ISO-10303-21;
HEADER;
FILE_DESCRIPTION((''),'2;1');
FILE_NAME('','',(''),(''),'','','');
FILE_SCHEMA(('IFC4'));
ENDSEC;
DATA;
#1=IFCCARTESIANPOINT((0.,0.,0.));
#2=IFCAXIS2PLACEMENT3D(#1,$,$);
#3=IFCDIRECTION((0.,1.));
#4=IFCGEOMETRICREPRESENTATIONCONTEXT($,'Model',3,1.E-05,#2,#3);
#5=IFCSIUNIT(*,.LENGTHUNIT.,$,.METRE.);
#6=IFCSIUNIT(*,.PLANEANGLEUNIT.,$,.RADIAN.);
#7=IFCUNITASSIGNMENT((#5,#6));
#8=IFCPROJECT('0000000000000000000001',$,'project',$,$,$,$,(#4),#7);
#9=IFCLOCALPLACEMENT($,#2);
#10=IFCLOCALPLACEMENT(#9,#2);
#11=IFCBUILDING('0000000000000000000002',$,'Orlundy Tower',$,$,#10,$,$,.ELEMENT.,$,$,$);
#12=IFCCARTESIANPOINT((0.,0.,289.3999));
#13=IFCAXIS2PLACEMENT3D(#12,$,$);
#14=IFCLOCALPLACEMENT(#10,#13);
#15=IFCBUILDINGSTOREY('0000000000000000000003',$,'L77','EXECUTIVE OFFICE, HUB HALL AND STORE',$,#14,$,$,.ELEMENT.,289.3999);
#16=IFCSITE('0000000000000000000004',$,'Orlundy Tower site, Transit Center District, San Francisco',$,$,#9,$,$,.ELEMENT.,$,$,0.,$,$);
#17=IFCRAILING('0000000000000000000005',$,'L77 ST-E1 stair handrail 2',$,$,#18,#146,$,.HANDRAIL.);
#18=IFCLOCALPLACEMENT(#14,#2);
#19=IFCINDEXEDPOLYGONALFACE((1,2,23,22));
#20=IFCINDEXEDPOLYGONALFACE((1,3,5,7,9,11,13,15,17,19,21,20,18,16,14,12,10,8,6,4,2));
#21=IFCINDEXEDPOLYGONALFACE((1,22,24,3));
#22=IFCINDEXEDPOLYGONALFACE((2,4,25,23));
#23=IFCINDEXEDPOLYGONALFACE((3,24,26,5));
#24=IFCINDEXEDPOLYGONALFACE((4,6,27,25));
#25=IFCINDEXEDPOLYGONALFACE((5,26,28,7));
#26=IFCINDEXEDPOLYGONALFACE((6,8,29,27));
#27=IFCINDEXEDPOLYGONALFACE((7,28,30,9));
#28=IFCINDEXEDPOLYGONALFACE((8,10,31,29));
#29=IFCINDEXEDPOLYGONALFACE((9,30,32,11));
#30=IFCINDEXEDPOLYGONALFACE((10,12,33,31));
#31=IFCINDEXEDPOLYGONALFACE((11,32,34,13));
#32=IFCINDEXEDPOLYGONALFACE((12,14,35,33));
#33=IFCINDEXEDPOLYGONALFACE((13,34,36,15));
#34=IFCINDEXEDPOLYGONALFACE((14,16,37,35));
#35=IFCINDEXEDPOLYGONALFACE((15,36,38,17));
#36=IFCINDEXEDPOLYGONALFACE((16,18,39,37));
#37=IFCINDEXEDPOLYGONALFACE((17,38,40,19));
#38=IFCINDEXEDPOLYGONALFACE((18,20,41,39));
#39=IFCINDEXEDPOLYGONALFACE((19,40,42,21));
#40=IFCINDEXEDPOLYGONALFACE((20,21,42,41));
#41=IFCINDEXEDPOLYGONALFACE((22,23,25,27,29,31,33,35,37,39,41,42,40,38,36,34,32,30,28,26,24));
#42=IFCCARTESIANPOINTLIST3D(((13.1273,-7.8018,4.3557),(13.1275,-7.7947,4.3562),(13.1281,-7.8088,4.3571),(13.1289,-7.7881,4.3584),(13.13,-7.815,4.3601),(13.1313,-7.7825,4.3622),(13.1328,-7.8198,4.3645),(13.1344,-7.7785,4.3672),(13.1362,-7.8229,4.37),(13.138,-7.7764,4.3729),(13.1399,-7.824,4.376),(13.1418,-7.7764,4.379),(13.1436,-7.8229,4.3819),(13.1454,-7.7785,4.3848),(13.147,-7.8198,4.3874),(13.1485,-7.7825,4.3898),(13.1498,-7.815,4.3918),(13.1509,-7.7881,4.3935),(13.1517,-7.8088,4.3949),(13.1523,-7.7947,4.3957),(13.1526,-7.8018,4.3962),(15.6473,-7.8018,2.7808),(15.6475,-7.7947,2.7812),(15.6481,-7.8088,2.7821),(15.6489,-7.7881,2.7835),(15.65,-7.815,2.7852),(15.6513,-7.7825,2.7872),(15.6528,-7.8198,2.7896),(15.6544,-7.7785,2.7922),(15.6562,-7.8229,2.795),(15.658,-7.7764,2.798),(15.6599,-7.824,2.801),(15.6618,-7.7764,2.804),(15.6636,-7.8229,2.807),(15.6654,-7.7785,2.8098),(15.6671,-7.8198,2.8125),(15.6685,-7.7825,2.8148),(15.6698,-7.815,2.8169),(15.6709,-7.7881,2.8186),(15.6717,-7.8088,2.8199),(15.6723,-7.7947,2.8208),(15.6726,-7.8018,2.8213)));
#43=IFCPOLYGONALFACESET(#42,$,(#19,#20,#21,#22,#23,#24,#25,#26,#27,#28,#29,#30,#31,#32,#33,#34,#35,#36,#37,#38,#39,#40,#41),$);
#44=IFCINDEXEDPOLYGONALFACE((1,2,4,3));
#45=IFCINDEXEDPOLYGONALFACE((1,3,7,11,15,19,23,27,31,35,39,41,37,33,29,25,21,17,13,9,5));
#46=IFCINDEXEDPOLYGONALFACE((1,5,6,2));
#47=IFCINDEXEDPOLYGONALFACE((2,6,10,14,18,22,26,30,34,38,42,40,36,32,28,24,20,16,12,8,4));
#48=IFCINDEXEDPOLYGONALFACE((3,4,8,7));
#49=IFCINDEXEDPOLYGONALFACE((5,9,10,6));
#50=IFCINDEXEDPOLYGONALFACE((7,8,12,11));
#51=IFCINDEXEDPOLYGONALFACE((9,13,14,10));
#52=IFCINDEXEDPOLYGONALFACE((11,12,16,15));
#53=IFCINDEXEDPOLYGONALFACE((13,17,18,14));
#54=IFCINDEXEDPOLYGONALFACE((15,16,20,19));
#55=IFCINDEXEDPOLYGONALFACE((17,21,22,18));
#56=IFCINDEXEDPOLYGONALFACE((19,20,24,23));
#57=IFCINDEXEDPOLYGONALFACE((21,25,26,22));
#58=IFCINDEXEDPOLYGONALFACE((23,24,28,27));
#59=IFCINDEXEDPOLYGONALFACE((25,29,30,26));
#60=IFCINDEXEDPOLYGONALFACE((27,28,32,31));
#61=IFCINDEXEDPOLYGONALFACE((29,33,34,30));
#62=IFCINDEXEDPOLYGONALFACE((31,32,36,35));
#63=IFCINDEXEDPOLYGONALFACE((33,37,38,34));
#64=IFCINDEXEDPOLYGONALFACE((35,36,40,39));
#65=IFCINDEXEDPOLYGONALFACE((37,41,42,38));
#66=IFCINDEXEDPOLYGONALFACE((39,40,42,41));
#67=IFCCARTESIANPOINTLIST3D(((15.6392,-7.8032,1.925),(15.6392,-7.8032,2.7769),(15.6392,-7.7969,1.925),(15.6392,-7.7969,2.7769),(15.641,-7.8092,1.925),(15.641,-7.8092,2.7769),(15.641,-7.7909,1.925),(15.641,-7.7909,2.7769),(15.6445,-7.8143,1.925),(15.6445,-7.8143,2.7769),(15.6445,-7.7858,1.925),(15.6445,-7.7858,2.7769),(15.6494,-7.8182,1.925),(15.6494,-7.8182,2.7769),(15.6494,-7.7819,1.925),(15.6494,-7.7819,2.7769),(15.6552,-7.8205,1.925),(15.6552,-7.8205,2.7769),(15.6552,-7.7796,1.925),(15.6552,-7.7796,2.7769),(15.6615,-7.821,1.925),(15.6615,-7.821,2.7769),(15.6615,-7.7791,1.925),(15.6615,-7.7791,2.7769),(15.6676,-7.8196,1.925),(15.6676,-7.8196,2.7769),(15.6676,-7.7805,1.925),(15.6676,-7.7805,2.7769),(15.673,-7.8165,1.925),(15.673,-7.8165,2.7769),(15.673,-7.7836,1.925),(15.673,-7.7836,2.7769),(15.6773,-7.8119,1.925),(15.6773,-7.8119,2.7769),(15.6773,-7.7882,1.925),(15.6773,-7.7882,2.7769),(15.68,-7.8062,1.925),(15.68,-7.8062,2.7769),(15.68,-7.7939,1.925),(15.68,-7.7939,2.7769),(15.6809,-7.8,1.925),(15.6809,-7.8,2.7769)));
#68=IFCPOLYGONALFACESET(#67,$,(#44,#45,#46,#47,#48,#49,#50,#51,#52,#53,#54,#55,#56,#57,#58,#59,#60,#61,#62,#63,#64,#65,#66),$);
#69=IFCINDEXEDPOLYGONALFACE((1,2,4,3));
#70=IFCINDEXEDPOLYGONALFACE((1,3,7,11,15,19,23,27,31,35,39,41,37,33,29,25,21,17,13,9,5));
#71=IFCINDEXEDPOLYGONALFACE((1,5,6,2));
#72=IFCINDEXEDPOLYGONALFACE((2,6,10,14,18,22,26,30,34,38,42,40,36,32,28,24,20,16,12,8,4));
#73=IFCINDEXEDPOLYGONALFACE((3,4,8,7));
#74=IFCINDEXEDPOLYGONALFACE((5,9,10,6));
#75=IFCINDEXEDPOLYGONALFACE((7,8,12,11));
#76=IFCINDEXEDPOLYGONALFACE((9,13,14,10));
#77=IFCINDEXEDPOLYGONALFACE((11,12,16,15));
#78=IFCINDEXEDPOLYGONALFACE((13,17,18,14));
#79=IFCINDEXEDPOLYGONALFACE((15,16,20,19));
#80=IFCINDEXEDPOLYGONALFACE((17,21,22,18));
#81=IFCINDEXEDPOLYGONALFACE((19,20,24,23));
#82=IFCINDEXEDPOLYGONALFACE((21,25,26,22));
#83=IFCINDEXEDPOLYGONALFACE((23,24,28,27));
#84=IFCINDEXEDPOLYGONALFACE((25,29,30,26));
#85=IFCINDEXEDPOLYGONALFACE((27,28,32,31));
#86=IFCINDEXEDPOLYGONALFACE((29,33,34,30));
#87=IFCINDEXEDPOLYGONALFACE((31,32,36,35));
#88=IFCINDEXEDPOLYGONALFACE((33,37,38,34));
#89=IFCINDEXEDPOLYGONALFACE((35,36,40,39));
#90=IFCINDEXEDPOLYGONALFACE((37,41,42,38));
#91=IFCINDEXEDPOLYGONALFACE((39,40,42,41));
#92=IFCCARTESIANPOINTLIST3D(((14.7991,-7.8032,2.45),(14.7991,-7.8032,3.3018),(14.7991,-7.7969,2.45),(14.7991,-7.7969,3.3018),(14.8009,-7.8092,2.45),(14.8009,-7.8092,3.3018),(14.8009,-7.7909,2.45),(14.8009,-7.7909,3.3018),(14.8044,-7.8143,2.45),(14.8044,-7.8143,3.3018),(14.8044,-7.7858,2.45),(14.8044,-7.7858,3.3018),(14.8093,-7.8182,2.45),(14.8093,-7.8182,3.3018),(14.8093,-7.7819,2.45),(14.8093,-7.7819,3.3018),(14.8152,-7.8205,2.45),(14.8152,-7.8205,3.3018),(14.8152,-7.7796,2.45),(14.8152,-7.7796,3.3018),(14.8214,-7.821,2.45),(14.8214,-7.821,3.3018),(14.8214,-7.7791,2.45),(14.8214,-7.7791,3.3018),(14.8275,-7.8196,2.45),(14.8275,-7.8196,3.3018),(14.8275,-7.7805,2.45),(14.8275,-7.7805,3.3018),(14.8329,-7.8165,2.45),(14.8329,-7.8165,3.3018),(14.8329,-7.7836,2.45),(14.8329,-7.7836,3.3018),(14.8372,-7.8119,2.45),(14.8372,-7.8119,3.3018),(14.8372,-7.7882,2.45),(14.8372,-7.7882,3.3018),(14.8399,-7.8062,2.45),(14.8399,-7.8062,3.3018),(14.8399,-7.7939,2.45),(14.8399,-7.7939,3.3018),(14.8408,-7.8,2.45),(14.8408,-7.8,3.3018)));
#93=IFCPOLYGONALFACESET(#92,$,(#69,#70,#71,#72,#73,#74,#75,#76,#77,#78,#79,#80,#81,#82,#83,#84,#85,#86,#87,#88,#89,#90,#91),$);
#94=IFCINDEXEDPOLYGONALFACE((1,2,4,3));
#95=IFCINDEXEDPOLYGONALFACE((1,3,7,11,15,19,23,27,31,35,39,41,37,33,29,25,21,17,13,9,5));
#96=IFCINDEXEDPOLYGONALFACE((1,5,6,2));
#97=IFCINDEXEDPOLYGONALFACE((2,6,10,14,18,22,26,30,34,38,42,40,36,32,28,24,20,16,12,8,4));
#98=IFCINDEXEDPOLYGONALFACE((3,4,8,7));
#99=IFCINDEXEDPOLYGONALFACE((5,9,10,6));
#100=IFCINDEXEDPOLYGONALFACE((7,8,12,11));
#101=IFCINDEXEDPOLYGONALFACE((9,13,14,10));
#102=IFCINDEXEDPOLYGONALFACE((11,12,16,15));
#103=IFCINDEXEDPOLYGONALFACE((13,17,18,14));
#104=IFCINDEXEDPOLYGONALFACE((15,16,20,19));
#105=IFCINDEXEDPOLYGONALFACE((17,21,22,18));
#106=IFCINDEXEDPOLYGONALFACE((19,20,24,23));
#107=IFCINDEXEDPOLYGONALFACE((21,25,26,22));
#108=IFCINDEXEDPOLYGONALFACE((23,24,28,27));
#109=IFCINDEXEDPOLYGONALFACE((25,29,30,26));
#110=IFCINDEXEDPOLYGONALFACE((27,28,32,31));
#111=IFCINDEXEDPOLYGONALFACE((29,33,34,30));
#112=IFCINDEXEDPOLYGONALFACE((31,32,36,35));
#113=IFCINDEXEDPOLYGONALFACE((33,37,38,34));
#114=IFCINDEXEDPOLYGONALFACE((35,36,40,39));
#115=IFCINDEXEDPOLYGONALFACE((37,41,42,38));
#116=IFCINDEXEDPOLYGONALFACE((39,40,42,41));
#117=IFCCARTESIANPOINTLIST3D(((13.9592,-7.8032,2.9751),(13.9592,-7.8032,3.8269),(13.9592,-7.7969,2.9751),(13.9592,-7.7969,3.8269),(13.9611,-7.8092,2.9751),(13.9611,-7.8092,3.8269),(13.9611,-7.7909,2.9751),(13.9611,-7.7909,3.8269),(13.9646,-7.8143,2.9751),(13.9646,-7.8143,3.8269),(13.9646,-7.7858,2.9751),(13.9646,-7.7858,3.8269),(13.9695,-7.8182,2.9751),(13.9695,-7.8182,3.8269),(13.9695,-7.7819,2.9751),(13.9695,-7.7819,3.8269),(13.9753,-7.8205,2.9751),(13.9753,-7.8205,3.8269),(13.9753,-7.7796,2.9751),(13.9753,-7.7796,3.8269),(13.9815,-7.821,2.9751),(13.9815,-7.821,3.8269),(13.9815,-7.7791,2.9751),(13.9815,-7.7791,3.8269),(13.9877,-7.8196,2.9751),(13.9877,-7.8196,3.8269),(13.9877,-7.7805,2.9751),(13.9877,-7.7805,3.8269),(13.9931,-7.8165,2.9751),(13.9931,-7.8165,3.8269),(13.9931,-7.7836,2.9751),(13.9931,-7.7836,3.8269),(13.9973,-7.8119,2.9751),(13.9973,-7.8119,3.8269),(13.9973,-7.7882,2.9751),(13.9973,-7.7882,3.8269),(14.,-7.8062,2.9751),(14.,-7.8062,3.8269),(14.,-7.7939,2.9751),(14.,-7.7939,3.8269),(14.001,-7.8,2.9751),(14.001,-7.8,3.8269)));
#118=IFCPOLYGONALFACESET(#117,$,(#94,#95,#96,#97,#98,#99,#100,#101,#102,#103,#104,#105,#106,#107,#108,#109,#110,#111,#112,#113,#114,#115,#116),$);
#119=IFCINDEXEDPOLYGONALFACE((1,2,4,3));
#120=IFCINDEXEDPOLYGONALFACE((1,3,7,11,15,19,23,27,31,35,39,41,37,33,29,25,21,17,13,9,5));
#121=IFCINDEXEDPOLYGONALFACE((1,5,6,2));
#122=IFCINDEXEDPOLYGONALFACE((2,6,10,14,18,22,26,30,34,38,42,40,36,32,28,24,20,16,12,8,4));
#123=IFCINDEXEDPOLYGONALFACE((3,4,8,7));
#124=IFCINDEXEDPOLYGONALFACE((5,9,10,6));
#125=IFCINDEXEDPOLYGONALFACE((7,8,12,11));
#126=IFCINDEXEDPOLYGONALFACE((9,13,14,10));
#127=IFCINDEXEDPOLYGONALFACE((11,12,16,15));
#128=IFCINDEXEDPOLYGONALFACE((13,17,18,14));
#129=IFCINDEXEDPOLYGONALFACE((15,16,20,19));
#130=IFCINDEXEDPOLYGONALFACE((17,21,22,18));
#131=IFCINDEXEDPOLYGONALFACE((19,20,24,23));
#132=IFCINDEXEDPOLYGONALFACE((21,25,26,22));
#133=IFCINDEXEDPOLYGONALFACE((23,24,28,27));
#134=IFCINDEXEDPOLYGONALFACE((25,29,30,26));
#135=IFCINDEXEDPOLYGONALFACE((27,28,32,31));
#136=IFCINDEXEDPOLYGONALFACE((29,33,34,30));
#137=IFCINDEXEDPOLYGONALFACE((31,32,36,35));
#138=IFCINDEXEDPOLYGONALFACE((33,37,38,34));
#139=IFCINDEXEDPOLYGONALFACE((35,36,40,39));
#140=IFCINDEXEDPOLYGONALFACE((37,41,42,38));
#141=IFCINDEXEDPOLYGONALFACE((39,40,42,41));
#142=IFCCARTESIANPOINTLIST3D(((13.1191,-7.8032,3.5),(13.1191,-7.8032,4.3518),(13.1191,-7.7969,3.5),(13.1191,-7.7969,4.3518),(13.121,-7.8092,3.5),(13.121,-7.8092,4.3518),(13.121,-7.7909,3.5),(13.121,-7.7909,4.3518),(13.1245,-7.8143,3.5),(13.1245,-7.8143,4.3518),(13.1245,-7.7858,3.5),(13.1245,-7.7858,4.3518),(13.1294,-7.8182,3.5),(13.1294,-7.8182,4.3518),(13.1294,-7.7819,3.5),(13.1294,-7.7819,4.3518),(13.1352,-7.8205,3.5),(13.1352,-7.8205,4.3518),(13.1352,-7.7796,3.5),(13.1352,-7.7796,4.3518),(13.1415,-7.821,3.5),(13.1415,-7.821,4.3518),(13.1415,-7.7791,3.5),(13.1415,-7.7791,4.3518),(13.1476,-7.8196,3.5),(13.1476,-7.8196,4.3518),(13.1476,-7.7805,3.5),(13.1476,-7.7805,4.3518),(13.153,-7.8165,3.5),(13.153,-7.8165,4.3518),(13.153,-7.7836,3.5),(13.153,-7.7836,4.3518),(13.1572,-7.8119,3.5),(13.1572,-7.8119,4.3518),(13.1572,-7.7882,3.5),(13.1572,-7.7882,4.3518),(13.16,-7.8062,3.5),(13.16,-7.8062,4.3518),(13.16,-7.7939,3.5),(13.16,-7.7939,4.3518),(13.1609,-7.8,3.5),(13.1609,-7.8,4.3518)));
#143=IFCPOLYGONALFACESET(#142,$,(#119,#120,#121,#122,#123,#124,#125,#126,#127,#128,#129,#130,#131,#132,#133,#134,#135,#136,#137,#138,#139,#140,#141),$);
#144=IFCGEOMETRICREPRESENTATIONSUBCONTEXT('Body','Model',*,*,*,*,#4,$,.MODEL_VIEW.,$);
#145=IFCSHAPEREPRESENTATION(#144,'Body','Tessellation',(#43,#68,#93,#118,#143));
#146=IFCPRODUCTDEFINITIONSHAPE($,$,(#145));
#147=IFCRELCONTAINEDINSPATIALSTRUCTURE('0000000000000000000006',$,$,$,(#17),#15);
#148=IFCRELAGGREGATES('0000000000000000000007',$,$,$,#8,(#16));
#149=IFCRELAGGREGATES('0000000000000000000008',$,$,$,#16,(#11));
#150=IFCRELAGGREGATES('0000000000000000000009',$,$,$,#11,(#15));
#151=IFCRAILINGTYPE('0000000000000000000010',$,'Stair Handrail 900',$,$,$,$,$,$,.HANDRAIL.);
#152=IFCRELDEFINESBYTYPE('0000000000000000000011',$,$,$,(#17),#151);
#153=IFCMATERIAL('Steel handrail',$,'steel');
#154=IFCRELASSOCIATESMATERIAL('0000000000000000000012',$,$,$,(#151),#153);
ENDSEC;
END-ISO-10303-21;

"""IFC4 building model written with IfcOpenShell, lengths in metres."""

from ifc_helpers import new_model, si_unit, direction, frame, origin, origin_2d, place, context, subcontext, project, spatial, circle, extrude, material, type_object, element, save


model = new_model("IFC4")

# Units and contexts
model_context = context("Model", 3, precision=1e-05, world=origin(), true_north=direction((0.0, 1.0)))
body_context = subcontext(model_context, "Body", "Model", "MODEL_VIEW")
ifc_project = project(units=[si_unit("LENGTHUNIT", "METRE"), si_unit("PLANEANGLEUNIT", "RADIAN")], contexts=[model_context])

# Site, building, storey
site_placement = place(None, origin())
site = spatial("IfcSite", under=ifc_project, at=site_placement, Name="Orlundy Tower site, Transit Center District, San Francisco", CompositionType="ELEMENT", RefElevation=0.0)
building_placement = place(site_placement, origin())
building = spatial("IfcBuilding", under=site, at=building_placement, Name="Orlundy Tower", CompositionType="ELEMENT")
storey_placement = place(building_placement, frame((0.0, 0.0, 289.3999)))
storey = spatial("IfcBuildingStorey", under=building, at=storey_placement, Name="L77", Description="EXECUTIVE OFFICE, HUB HALL AND STORE", CompositionType="ELEMENT", Elevation=289.3999)

# Railing
ifc_material_1 = material(Name="Steel handrail", Category="steel")
railing_type_1 = type_object("IfcRailingType", Name="Stair Handrail 900", PredefinedType="HANDRAIL", material=ifc_material_1)
railing_1_placement = place(storey_placement, frame((15.6599, -7.8, 1.925)))
element("IfcRailing", 1, at=railing_1_placement, inside=storey, type_object=railing_type_1, Name="L77 ST-E1 stair handrail 2", PredefinedType="HANDRAIL", context=body_context, shape_type="SweptSolid", body=[
    extrude(circle(Radius=0.0239, at=origin_2d()), frame((0.0, 0.0, 0.876), z_axis=(-0.848008, 0.0, 0.529984), x_axis=(0.0, -1.0, 0.0)), (0.0, 0.0, 1.0), 2.9717),
    extrude(circle(Radius=0.021, at=origin_2d()), origin(), (0.0, 0.0, 1.0), 0.8518),
    extrude(circle(Radius=0.021, at=origin_2d()), frame((-0.8401, 0.0, 0.5249)), (0.0, 0.0, 1.0), 0.8518),
    extrude(circle(Radius=0.021, at=origin_2d()), frame((-1.6799, 0.0, 1.05)), (0.0, 0.0, 1.0), 0.8518),
    extrude(circle(Radius=0.021, at=origin_2d()), frame((-2.52, 0.0, 1.575)), (0.0, 0.0, 1.0), 0.8518),
])

save(model, "model.ifc")
